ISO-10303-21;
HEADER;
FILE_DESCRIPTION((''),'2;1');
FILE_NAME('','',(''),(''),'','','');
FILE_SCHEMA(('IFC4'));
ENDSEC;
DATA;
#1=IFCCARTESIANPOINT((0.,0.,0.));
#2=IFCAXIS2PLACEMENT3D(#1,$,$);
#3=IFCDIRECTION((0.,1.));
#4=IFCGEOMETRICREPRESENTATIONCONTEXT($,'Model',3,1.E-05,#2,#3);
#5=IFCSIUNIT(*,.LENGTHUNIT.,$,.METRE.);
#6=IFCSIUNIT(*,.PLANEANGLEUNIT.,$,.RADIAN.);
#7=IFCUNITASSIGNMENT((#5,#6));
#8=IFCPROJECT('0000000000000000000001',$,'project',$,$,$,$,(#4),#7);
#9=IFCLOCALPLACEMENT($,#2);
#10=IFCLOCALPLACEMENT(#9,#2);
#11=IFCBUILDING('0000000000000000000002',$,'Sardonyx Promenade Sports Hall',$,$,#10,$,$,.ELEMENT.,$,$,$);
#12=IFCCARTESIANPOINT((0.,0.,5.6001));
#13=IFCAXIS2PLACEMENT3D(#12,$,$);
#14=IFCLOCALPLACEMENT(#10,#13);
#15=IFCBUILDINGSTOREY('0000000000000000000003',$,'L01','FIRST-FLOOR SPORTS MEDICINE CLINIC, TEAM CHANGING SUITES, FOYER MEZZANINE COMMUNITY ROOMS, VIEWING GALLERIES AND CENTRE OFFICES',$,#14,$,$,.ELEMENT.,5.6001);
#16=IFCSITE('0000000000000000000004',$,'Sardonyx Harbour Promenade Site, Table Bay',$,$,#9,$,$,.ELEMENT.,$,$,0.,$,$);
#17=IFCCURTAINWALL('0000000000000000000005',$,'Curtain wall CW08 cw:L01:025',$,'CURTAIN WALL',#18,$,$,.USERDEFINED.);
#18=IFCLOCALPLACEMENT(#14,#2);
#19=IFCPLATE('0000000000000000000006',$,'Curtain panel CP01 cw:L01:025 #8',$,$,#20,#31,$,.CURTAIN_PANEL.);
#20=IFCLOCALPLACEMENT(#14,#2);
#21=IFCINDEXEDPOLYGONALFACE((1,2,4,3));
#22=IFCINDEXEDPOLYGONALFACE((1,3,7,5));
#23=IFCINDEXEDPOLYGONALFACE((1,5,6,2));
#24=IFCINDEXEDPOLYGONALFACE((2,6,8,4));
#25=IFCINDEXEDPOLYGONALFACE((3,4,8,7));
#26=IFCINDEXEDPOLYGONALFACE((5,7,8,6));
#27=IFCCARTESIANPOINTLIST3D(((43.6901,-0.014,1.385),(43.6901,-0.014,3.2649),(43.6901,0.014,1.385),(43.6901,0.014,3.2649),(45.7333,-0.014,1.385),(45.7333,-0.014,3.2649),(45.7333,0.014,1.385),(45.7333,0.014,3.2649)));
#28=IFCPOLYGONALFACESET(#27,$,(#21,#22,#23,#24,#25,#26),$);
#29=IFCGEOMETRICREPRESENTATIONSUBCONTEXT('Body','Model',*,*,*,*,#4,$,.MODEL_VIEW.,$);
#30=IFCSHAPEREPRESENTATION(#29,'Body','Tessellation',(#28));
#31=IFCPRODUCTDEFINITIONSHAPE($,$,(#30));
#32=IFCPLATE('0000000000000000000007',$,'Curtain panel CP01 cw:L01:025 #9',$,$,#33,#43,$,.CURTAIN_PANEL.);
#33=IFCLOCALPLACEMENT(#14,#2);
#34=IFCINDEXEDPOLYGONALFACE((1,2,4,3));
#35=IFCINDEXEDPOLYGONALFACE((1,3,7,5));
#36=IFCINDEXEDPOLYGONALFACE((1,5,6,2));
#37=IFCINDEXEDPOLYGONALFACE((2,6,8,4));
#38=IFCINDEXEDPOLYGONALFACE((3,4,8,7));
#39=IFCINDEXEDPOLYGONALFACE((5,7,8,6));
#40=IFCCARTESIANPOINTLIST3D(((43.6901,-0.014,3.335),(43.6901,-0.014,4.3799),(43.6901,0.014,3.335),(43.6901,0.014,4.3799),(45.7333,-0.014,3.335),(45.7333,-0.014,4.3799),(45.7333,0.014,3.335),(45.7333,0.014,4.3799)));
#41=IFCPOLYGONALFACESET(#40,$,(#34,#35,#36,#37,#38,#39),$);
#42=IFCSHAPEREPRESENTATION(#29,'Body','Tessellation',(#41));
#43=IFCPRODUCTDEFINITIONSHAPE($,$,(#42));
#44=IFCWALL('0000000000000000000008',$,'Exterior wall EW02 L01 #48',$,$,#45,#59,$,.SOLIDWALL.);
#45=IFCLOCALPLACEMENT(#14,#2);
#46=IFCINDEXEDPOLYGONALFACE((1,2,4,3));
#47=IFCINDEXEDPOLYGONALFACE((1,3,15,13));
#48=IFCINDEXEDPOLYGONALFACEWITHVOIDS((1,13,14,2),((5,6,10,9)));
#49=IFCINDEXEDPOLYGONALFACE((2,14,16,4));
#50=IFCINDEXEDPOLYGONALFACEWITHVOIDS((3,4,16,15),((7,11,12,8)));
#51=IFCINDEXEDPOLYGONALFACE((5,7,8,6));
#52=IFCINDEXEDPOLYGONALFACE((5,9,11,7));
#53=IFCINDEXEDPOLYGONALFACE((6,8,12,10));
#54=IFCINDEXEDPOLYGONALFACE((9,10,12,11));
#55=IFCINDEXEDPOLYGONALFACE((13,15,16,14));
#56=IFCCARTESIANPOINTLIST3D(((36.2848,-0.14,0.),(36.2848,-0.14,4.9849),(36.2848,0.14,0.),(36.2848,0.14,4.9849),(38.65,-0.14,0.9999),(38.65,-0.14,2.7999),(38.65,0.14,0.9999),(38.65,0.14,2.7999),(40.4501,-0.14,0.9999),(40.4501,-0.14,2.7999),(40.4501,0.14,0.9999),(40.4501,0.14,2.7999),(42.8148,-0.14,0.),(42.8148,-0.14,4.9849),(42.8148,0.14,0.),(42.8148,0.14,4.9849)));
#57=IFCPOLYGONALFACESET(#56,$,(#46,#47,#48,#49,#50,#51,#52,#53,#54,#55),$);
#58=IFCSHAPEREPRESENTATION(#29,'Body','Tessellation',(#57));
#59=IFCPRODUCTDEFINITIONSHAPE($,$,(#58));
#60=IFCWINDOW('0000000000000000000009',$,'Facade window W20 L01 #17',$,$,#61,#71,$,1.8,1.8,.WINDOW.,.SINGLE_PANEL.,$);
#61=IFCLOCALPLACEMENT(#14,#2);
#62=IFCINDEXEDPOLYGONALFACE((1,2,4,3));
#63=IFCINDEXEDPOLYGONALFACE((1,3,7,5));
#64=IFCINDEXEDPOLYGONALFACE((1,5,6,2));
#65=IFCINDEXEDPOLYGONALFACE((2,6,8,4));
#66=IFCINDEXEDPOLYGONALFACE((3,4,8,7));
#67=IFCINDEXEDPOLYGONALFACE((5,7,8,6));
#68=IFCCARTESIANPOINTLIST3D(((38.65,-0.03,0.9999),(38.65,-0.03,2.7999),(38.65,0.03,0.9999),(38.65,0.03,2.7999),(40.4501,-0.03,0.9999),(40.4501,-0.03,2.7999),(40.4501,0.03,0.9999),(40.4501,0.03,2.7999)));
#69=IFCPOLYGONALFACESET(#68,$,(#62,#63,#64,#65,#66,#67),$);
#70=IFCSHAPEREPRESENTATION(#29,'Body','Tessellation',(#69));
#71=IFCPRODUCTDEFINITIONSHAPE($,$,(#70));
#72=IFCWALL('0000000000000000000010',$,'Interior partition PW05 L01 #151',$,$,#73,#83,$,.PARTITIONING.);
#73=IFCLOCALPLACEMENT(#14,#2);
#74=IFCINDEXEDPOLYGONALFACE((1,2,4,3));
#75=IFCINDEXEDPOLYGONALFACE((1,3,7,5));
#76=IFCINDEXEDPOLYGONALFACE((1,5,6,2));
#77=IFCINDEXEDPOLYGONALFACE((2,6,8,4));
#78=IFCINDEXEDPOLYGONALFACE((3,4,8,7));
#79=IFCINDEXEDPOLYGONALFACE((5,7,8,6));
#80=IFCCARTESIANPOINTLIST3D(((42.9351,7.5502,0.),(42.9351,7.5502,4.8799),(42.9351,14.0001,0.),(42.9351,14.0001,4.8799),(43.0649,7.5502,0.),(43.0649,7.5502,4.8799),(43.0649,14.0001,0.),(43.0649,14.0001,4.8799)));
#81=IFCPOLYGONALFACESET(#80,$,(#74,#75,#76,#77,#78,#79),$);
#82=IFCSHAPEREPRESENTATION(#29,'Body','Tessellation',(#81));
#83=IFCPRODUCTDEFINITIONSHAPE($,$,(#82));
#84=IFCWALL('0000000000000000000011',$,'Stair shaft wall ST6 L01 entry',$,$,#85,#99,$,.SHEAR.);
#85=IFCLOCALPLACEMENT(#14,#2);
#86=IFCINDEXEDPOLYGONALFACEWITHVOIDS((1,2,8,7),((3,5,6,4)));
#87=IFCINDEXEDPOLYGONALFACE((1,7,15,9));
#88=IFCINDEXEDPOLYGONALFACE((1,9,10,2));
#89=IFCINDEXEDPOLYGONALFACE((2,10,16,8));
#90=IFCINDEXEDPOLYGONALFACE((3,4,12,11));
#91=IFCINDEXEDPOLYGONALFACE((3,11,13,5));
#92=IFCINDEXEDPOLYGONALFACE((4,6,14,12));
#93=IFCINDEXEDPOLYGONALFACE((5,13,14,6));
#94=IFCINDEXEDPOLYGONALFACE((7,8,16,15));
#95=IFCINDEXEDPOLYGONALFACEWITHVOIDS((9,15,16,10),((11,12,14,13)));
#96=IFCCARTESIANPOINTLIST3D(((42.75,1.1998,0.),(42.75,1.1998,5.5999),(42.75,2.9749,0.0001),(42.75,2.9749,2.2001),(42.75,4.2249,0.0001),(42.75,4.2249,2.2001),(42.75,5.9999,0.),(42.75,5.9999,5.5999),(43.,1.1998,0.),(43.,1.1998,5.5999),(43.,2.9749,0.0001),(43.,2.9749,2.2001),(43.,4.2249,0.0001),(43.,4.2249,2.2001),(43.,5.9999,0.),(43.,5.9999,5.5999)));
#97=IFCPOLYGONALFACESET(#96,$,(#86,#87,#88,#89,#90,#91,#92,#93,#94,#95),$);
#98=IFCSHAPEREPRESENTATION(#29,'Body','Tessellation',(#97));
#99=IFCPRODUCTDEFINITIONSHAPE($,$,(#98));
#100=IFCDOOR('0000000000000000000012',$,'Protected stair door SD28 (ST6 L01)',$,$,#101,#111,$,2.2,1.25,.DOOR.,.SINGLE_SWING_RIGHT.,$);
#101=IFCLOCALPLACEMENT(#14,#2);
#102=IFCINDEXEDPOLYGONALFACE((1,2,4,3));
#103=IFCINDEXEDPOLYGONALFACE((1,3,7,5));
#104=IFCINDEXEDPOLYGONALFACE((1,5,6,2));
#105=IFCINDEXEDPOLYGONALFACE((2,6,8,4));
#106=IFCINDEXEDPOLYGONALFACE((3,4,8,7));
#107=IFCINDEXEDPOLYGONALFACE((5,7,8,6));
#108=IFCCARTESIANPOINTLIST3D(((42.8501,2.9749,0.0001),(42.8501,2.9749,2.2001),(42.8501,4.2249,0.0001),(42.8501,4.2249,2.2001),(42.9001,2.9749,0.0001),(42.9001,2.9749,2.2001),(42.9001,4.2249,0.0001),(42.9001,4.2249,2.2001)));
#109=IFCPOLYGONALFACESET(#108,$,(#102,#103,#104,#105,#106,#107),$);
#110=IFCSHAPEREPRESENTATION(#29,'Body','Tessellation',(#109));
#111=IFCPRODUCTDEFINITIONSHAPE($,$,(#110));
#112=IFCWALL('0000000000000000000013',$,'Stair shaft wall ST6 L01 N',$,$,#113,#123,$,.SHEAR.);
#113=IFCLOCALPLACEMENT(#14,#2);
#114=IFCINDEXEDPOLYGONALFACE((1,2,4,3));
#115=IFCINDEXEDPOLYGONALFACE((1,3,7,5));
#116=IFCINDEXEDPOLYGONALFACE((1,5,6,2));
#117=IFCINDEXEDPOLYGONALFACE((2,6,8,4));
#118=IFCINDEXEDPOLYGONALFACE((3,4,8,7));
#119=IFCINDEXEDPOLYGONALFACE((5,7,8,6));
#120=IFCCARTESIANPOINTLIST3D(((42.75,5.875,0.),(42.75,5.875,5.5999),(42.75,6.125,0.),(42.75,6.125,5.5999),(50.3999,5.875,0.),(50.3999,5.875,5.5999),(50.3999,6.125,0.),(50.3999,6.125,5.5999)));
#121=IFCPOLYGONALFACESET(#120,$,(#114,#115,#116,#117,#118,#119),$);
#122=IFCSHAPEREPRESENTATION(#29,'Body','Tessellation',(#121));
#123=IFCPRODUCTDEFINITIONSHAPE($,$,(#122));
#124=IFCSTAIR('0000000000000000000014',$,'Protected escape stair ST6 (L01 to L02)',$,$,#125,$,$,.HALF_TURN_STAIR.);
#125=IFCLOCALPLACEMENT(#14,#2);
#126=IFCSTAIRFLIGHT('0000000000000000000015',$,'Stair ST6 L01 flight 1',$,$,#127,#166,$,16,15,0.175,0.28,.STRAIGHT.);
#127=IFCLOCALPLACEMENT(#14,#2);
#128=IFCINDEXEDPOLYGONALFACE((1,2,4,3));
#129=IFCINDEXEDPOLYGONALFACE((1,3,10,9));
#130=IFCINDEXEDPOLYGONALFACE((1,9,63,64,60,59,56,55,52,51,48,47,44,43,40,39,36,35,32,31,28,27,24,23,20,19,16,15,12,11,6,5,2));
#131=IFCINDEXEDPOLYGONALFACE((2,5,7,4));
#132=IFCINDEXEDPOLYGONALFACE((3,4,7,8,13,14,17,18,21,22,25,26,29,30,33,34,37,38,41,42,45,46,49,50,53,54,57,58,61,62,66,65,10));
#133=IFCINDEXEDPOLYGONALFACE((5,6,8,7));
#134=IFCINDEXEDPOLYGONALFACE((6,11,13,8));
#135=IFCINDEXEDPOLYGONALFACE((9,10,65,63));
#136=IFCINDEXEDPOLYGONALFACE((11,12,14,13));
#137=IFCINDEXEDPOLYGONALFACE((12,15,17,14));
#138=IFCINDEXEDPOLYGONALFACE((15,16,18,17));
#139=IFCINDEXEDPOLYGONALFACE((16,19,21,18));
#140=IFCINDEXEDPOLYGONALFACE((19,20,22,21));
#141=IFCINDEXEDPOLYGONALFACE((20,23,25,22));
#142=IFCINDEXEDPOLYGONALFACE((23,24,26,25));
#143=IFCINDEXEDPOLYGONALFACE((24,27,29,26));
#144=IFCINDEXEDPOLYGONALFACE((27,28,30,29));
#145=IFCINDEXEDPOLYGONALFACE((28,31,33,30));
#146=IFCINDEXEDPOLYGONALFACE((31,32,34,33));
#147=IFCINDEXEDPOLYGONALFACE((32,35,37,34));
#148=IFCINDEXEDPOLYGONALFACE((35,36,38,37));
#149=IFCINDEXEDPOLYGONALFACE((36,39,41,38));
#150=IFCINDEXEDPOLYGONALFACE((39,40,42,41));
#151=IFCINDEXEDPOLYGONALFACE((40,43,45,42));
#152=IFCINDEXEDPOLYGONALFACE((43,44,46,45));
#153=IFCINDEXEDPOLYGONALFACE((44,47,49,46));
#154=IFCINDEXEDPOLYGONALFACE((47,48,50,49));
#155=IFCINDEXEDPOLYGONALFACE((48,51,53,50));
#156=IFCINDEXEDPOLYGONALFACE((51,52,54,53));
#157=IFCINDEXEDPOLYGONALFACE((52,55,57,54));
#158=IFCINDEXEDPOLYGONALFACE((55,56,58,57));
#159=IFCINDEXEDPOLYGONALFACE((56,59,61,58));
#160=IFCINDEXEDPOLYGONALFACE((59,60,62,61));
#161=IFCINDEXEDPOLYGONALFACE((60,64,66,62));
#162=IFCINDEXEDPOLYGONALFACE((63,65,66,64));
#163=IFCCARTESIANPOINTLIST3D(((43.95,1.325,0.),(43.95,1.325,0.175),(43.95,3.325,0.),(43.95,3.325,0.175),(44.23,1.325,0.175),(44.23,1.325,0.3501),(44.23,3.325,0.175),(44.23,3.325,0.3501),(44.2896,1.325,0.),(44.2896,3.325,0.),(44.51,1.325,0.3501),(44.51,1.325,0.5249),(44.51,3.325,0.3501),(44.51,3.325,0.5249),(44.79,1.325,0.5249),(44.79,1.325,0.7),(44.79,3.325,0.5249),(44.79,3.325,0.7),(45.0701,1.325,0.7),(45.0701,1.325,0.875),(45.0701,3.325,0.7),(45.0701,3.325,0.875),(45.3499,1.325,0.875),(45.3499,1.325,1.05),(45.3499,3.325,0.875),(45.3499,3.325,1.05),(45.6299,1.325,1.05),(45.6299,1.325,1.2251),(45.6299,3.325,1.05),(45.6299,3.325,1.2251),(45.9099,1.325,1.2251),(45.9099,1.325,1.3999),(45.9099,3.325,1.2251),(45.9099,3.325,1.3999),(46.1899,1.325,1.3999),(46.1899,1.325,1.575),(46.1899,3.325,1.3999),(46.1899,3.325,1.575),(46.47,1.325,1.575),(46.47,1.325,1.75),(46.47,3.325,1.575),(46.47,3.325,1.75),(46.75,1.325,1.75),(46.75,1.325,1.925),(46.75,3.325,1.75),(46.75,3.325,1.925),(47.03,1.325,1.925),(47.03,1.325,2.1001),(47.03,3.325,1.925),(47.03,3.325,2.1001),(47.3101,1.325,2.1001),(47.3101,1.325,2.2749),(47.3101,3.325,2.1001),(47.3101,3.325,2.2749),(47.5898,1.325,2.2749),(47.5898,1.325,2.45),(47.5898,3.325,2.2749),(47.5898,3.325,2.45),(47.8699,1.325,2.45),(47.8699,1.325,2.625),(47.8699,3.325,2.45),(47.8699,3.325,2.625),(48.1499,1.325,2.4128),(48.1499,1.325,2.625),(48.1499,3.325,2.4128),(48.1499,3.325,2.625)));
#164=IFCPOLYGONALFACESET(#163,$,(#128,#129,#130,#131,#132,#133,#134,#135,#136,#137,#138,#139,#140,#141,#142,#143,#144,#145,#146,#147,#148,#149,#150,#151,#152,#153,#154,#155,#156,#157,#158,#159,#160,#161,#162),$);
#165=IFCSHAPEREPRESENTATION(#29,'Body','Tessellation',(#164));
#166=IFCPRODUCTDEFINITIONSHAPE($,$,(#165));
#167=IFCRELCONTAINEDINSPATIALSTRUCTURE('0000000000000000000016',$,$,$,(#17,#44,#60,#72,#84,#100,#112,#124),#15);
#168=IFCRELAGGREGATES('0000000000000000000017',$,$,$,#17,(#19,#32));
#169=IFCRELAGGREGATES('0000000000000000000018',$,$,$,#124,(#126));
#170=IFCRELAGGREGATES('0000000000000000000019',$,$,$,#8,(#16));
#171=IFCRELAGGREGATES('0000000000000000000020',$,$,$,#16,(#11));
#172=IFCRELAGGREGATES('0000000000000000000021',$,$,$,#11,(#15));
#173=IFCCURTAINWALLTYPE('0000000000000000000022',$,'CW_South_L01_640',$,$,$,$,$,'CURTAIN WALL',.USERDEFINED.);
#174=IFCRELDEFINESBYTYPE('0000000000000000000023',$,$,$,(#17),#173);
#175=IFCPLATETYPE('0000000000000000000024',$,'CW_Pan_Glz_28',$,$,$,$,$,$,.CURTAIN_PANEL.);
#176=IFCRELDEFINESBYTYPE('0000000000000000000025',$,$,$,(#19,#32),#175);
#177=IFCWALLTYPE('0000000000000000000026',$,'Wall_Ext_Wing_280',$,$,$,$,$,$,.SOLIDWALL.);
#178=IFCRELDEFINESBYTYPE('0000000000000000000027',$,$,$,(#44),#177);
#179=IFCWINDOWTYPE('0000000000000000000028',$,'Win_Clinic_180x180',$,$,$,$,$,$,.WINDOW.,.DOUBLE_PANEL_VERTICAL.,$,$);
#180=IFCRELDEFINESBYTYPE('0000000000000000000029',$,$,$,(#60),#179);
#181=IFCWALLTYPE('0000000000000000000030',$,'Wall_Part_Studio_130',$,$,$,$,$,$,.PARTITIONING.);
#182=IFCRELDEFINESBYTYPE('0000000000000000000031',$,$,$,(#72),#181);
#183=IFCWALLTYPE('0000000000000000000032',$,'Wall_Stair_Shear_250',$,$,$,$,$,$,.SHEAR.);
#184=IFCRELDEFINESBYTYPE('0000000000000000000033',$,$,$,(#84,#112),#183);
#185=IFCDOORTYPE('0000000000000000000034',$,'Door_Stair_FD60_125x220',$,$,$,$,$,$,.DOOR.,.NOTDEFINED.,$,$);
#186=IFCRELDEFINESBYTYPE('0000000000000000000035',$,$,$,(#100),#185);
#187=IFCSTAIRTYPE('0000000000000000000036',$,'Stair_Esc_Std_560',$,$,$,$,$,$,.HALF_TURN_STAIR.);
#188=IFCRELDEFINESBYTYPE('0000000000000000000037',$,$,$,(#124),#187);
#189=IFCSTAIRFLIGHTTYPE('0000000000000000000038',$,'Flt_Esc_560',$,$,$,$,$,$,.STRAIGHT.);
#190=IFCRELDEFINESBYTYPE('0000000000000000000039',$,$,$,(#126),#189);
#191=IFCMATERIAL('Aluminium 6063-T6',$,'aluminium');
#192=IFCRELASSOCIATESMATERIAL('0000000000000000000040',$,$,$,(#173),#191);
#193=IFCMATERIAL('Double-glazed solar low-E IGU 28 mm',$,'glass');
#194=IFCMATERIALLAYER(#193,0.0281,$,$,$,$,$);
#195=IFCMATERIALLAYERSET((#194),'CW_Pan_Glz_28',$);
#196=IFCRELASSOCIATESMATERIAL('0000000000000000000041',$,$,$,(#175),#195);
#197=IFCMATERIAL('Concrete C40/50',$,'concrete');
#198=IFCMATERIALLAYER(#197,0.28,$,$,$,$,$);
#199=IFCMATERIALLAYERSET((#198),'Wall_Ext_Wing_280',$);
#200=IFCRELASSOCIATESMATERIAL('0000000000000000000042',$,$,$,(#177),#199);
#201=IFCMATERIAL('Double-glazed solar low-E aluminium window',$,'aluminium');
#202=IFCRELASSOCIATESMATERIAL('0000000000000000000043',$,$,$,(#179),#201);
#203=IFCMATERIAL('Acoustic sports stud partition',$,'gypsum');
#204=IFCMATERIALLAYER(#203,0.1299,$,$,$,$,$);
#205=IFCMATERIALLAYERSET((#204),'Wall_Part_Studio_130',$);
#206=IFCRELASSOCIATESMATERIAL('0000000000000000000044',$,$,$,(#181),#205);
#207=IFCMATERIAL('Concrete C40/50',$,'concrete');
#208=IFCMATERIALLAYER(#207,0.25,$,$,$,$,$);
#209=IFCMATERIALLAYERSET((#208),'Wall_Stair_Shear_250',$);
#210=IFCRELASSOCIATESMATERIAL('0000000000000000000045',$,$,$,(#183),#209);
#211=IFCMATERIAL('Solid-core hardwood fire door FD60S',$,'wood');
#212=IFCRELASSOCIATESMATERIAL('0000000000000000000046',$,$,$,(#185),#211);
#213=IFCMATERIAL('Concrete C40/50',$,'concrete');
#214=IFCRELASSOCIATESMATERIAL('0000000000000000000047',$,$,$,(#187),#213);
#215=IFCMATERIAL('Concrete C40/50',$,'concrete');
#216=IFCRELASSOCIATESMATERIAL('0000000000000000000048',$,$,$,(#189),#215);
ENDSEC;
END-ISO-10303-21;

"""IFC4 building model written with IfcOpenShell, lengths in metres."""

from ifc_helpers import new_model, si_unit, direction, frame, frame_2d, origin, origin_2d, place, context, subcontext, project, spatial, polyline, rectangle, outline, extrude, material, layer, layer_set, type_object, element, fill, aggregate, save


model = new_model("IFC4")

# Units and contexts
model_context = context("Model", 3, precision=1e-05, world=origin(), true_north=direction((0.0, 1.0)))
body_context = subcontext(model_context, "Body", "Model", "MODEL_VIEW")
ifc_project = project(units=[si_unit("LENGTHUNIT", "METRE"), si_unit("PLANEANGLEUNIT", "RADIAN")], contexts=[model_context])

# Site, building, storey
site_placement = place(None, origin())
site = spatial("IfcSite", under=ifc_project, at=site_placement, Name="Sardonyx Harbour Promenade Site, Table Bay", CompositionType="ELEMENT", RefElevation=0.0)
building_placement = place(site_placement, origin())
building = spatial("IfcBuilding", under=site, at=building_placement, Name="Sardonyx Promenade Sports Hall", CompositionType="ELEMENT")
storey_placement = place(building_placement, frame((0.0, 0.0, 5.6001)))
storey = spatial("IfcBuildingStorey", under=building, at=storey_placement, Name="L01", Description="FIRST-FLOOR SPORTS MEDICINE CLINIC, TEAM CHANGING SUITES, FOYER MEZZANINE COMMUNITY ROOMS, VIEWING GALLERIES AND CENTRE OFFICES", CompositionType="ELEMENT", Elevation=5.6001)

# Curtain wall, plates
ifc_material_1 = material(Name="Aluminium 6063-T6", Category="aluminium")
curtain_wall_type = type_object("IfcCurtainWallType", Name="CW_South_L01_640", ElementType="CURTAIN WALL", PredefinedType="USERDEFINED", material=ifc_material_1)
curtain_wall_placement = place(storey_placement, origin())
curtain_wall = element("IfcCurtainWall", 1, at=curtain_wall_placement, inside=storey, type_object=curtain_wall_type, Name="Curtain wall CW08 cw:L01:025", ObjectType="CURTAIN WALL", PredefinedType="USERDEFINED")
ifc_material_2 = material(Name="Double-glazed solar low-E IGU 28 mm", Category="glass")
ifc_layer_1 = layer(ifc_material_2, 0.0281)
ifc_layer_set_1 = layer_set([ifc_layer_1], Name="CW_Pan_Glz_28")
plate_type = type_object("IfcPlateType", Name="CW_Pan_Glz_28", PredefinedType="CURTAIN_PANEL", material=ifc_layer_set_1)
plate_1_placement = place(storey_placement, frame((44.7117, 0.0, 1.385), z_axis=(0.0, 0.0, 1.0), x_axis=(-1.0, 0.0, 0.0)))
plate_1 = element("IfcPlate", 2, at=plate_1_placement, type_object=plate_type, Name="Curtain panel CP01 cw:L01:025 #8", PredefinedType="CURTAIN_PANEL", context=body_context, shape_type="SweptSolid", body=[
    extrude(rectangle(XDim=2.0432, YDim=0.0281, at=origin_2d()), origin(), (0.0, 0.0, 1.0), 1.8799),
])
plate_2_placement = place(storey_placement, frame((44.7117, 0.0, 3.335), z_axis=(0.0, 0.0, 1.0), x_axis=(-1.0, 0.0, 0.0)))
plate_2 = element("IfcPlate", 3, at=plate_2_placement, type_object=plate_type, Name="Curtain panel CP01 cw:L01:025 #9", PredefinedType="CURTAIN_PANEL", context=body_context, shape_type="SweptSolid", body=[
    extrude(rectangle(XDim=2.0432, YDim=0.0281, at=origin_2d()), origin(), (0.0, 0.0, 1.0), 1.0449),
])
aggregate(curtain_wall, [plate_1, plate_2])

# Wall, opening, window
ifc_material_3 = material(Name="Concrete C40/50", Category="concrete")
ifc_layer_2 = layer(ifc_material_3, 0.28)
ifc_layer_set_2 = layer_set([ifc_layer_2], Name="Wall_Ext_Wing_280")
wall_type_1 = type_object("IfcWallType", Name="Wall_Ext_Wing_280", PredefinedType="SOLIDWALL", material=ifc_layer_set_2)
wall_1_placement = place(storey_placement, frame((42.8149, 0.0, 0.0), z_axis=(0.0, 0.0, 1.0), x_axis=(-1.0, 0.0, 0.0)))
wall_1 = element("IfcWall", 4, at=wall_1_placement, inside=storey, type_object=wall_type_1, Name="Exterior wall EW02 L01 #48", PredefinedType="SOLIDWALL", context=body_context, shape_type="SweptSolid", body=[
    extrude(rectangle(XDim=6.53, YDim=0.28, at=frame_2d((3.2651, 0.0))), origin(), (0.0, 0.0, 1.0), 4.9849),
])
opening_1_placement = place(wall_1_placement, frame((2.365, 0.0, 1.0)))
opening_1 = element("IfcOpeningElement", 5, at=opening_1_placement, cuts=wall_1, PredefinedType="OPENING", context=body_context, shape_type="SweptSolid", body=[
    extrude(rectangle(XDim=1.8, YDim=1.8, at=frame_2d((0.8999, 0.8999))), frame((0.0, 0.15, 0.0), z_axis=(0.0, -1.0, 0.0), x_axis=(1.0, 0.0, 0.0)), (0.0, 0.0, 1.0), 0.3),
])
ifc_material_4 = material(Name="Double-glazed solar low-E aluminium window", Category="aluminium")
window_type = type_object("IfcWindowType", Name="Win_Clinic_180x180", PartitioningType="DOUBLE_PANEL_VERTICAL", PredefinedType="WINDOW", material=ifc_material_4)
window_placement = place(opening_1_placement, origin())
window = element("IfcWindow", 6, at=window_placement, inside=storey, type_object=window_type, Name="Facade window W20 L01 #17", OverallHeight=1.8, OverallWidth=1.8, PartitioningType="SINGLE_PANEL", PredefinedType="WINDOW", context=body_context, shape_type="SweptSolid", body=[
    extrude(rectangle(XDim=1.8, YDim=1.8, at=frame_2d((0.8999, 0.8999))), frame((0.0, 0.03, 0.0), z_axis=(0.0, -1.0, 0.0), x_axis=(1.0, 0.0, 0.0)), (0.0, 0.0, 1.0), 0.0601),
])
fill(opening_1, window)

# Wall
ifc_material_5 = material(Name="Acoustic sports stud partition", Category="gypsum")
ifc_layer_3 = layer(ifc_material_5, 0.1299)
ifc_layer_set_3 = layer_set([ifc_layer_3], Name="Wall_Part_Studio_130")
wall_type_2 = type_object("IfcWallType", Name="Wall_Part_Studio_130", PredefinedType="PARTITIONING", material=ifc_layer_set_3)
wall_2_placement = place(storey_placement, frame((43.0, 7.55, 0.0), z_axis=(0.0, 0.0, 1.0), x_axis=(0.0, 1.0, 0.0)))
element("IfcWall", 7, at=wall_2_placement, inside=storey, type_object=wall_type_2, Name="Interior partition PW05 L01 #151", PredefinedType="PARTITIONING", context=body_context, shape_type="SweptSolid", body=[
    extrude(rectangle(XDim=6.45, YDim=0.1299, at=frame_2d((3.2251, 0.0))), origin(), (0.0, 0.0, 1.0), 4.8799),
])

# Wall, opening, door
ifc_material_6 = material(Name="Concrete C40/50", Category="concrete")
ifc_layer_4 = layer(ifc_material_6, 0.25)
ifc_layer_set_4 = layer_set([ifc_layer_4], Name="Wall_Stair_Shear_250")
wall_type_3 = type_object("IfcWallType", Name="Wall_Stair_Shear_250", PredefinedType="SHEAR", material=ifc_layer_set_4)
wall_3_placement = place(storey_placement, frame((42.875, 1.2, 0.0), z_axis=(0.0, 0.0, 1.0), x_axis=(0.0, 1.0, 0.0)))
wall_3 = element("IfcWall", 8, at=wall_3_placement, inside=storey, type_object=wall_type_3, Name="Stair shaft wall ST6 L01 entry", PredefinedType="SHEAR", context=body_context, shape_type="SweptSolid", body=[
    extrude(rectangle(XDim=4.8, YDim=0.25, at=frame_2d((2.3999, 0.0))), origin(), (0.0, 0.0, 1.0), 5.5999),
])
opening_2_placement = place(wall_3_placement, frame((1.7749, 0.0, 0.0)))
opening_2 = element("IfcOpeningElement", 9, at=opening_2_placement, cuts=wall_3, PredefinedType="OPENING", context=body_context, shape_type="SweptSolid", body=[
    extrude(rectangle(XDim=1.25, YDim=2.2, at=frame_2d((0.625, 1.1001))), frame((0.0, 0.135, 0.0), z_axis=(0.0, -1.0, 0.0), x_axis=(1.0, 0.0, 0.0)), (0.0, 0.0, 1.0), 0.27),
])
ifc_material_7 = material(Name="Solid-core hardwood fire door FD60S", Category="wood")
door_type = type_object("IfcDoorType", Name="Door_Stair_FD60_125x220", OperationType="NOTDEFINED", PredefinedType="DOOR", material=ifc_material_7)
door_placement = place(opening_2_placement, origin())
door = element("IfcDoor", 10, at=door_placement, inside=storey, type_object=door_type, Name="Protected stair door SD28 (ST6 L01)", OperationType="SINGLE_SWING_RIGHT", OverallHeight=2.2, OverallWidth=1.25, PredefinedType="DOOR", context=body_context, shape_type="SweptSolid", body=[
    extrude(rectangle(XDim=1.25, YDim=2.2, at=frame_2d((0.625, 1.1001))), frame((0.0, 0.0249, 0.0), z_axis=(0.0, -1.0, 0.0), x_axis=(1.0, 0.0, 0.0)), (0.0, 0.0, 1.0), 0.05),
])
fill(opening_2, door)

# Wall
wall_4_placement = place(storey_placement, frame((42.75, 6.0, 0.0), z_axis=(0.0, 0.0, 1.0), x_axis=(1.0, 0.0, 0.0)))
element("IfcWall", 11, at=wall_4_placement, inside=storey, type_object=wall_type_3, Name="Stair shaft wall ST6 L01 N", PredefinedType="SHEAR", context=body_context, shape_type="SweptSolid", body=[
    extrude(rectangle(XDim=7.6499, YDim=0.25, at=frame_2d((3.825, 0.0))), origin(), (0.0, 0.0, 1.0), 5.5999),
])

# Stair, stair flight
ifc_material_8 = material(Name="Concrete C40/50", Category="concrete")
stair_type = type_object("IfcStairType", Name="Stair_Esc_Std_560", PredefinedType="HALF_TURN_STAIR", material=ifc_material_8)
stair_placement = place(storey_placement, origin())
stair = element("IfcStair", 12, at=stair_placement, inside=storey, type_object=stair_type, Name="Protected escape stair ST6 (L01 to L02)", PredefinedType="HALF_TURN_STAIR")
ifc_material_9 = material(Name="Concrete C40/50", Category="concrete")
stair_flight_type = type_object("IfcStairFlightType", Name="Flt_Esc_560", PredefinedType="STRAIGHT", material=ifc_material_9)
stair_flight_placement = place(storey_placement, frame((43.95, 2.325, 0.0), z_axis=(0.0, 0.0, 1.0), x_axis=(1.0, 0.0, 0.0)))
stair_flight = element("IfcStairFlight", 13, at=stair_flight_placement, type_object=stair_flight_type, Name="Stair ST6 L01 flight 1", NumberOfRisers=16, NumberOfTreads=15, PredefinedType="STRAIGHT", RiserHeight=0.175, TreadLength=0.28, context=body_context, shape_type="SweptSolid", body=[
    extrude(outline(polyline([(0.0, 0.0), (0.0, 0.175), (0.28, 0.175), (0.28, 0.3501), (0.5601, 0.3501), (0.5601, 0.5249), (0.8401, 0.5249), (0.8401, 0.7), (1.1201, 0.7), (1.1201, 0.875), (1.3999, 0.875), (1.3999, 1.05), (1.6799, 1.05), (1.6799, 1.2251), (1.96, 1.2251), (1.96, 1.3999), (2.24, 1.3999), (2.24, 1.575), (2.52, 1.575), (2.52, 1.75), (2.8, 1.75), (2.8, 1.925), (3.0801, 1.925), (3.0801, 2.1001), (3.3601, 2.1001), (3.3601, 2.2749), (3.6399, 2.2749), (3.6399, 2.45), (3.9199, 2.45), (3.9199, 2.625), (4.2, 2.625), (4.2, 2.8), (4.2, 2.4128), (0.3396, 0.0), (0.0, 0.0)])), frame((0.0, 1.0, 0.0), z_axis=(0.0, -1.0, 0.0), x_axis=(1.0, 0.0, 0.0)), (0.0, 0.0, 1.0), 2.0),
])
aggregate(stair, [stair_flight])

save(model, "model.ifc")
